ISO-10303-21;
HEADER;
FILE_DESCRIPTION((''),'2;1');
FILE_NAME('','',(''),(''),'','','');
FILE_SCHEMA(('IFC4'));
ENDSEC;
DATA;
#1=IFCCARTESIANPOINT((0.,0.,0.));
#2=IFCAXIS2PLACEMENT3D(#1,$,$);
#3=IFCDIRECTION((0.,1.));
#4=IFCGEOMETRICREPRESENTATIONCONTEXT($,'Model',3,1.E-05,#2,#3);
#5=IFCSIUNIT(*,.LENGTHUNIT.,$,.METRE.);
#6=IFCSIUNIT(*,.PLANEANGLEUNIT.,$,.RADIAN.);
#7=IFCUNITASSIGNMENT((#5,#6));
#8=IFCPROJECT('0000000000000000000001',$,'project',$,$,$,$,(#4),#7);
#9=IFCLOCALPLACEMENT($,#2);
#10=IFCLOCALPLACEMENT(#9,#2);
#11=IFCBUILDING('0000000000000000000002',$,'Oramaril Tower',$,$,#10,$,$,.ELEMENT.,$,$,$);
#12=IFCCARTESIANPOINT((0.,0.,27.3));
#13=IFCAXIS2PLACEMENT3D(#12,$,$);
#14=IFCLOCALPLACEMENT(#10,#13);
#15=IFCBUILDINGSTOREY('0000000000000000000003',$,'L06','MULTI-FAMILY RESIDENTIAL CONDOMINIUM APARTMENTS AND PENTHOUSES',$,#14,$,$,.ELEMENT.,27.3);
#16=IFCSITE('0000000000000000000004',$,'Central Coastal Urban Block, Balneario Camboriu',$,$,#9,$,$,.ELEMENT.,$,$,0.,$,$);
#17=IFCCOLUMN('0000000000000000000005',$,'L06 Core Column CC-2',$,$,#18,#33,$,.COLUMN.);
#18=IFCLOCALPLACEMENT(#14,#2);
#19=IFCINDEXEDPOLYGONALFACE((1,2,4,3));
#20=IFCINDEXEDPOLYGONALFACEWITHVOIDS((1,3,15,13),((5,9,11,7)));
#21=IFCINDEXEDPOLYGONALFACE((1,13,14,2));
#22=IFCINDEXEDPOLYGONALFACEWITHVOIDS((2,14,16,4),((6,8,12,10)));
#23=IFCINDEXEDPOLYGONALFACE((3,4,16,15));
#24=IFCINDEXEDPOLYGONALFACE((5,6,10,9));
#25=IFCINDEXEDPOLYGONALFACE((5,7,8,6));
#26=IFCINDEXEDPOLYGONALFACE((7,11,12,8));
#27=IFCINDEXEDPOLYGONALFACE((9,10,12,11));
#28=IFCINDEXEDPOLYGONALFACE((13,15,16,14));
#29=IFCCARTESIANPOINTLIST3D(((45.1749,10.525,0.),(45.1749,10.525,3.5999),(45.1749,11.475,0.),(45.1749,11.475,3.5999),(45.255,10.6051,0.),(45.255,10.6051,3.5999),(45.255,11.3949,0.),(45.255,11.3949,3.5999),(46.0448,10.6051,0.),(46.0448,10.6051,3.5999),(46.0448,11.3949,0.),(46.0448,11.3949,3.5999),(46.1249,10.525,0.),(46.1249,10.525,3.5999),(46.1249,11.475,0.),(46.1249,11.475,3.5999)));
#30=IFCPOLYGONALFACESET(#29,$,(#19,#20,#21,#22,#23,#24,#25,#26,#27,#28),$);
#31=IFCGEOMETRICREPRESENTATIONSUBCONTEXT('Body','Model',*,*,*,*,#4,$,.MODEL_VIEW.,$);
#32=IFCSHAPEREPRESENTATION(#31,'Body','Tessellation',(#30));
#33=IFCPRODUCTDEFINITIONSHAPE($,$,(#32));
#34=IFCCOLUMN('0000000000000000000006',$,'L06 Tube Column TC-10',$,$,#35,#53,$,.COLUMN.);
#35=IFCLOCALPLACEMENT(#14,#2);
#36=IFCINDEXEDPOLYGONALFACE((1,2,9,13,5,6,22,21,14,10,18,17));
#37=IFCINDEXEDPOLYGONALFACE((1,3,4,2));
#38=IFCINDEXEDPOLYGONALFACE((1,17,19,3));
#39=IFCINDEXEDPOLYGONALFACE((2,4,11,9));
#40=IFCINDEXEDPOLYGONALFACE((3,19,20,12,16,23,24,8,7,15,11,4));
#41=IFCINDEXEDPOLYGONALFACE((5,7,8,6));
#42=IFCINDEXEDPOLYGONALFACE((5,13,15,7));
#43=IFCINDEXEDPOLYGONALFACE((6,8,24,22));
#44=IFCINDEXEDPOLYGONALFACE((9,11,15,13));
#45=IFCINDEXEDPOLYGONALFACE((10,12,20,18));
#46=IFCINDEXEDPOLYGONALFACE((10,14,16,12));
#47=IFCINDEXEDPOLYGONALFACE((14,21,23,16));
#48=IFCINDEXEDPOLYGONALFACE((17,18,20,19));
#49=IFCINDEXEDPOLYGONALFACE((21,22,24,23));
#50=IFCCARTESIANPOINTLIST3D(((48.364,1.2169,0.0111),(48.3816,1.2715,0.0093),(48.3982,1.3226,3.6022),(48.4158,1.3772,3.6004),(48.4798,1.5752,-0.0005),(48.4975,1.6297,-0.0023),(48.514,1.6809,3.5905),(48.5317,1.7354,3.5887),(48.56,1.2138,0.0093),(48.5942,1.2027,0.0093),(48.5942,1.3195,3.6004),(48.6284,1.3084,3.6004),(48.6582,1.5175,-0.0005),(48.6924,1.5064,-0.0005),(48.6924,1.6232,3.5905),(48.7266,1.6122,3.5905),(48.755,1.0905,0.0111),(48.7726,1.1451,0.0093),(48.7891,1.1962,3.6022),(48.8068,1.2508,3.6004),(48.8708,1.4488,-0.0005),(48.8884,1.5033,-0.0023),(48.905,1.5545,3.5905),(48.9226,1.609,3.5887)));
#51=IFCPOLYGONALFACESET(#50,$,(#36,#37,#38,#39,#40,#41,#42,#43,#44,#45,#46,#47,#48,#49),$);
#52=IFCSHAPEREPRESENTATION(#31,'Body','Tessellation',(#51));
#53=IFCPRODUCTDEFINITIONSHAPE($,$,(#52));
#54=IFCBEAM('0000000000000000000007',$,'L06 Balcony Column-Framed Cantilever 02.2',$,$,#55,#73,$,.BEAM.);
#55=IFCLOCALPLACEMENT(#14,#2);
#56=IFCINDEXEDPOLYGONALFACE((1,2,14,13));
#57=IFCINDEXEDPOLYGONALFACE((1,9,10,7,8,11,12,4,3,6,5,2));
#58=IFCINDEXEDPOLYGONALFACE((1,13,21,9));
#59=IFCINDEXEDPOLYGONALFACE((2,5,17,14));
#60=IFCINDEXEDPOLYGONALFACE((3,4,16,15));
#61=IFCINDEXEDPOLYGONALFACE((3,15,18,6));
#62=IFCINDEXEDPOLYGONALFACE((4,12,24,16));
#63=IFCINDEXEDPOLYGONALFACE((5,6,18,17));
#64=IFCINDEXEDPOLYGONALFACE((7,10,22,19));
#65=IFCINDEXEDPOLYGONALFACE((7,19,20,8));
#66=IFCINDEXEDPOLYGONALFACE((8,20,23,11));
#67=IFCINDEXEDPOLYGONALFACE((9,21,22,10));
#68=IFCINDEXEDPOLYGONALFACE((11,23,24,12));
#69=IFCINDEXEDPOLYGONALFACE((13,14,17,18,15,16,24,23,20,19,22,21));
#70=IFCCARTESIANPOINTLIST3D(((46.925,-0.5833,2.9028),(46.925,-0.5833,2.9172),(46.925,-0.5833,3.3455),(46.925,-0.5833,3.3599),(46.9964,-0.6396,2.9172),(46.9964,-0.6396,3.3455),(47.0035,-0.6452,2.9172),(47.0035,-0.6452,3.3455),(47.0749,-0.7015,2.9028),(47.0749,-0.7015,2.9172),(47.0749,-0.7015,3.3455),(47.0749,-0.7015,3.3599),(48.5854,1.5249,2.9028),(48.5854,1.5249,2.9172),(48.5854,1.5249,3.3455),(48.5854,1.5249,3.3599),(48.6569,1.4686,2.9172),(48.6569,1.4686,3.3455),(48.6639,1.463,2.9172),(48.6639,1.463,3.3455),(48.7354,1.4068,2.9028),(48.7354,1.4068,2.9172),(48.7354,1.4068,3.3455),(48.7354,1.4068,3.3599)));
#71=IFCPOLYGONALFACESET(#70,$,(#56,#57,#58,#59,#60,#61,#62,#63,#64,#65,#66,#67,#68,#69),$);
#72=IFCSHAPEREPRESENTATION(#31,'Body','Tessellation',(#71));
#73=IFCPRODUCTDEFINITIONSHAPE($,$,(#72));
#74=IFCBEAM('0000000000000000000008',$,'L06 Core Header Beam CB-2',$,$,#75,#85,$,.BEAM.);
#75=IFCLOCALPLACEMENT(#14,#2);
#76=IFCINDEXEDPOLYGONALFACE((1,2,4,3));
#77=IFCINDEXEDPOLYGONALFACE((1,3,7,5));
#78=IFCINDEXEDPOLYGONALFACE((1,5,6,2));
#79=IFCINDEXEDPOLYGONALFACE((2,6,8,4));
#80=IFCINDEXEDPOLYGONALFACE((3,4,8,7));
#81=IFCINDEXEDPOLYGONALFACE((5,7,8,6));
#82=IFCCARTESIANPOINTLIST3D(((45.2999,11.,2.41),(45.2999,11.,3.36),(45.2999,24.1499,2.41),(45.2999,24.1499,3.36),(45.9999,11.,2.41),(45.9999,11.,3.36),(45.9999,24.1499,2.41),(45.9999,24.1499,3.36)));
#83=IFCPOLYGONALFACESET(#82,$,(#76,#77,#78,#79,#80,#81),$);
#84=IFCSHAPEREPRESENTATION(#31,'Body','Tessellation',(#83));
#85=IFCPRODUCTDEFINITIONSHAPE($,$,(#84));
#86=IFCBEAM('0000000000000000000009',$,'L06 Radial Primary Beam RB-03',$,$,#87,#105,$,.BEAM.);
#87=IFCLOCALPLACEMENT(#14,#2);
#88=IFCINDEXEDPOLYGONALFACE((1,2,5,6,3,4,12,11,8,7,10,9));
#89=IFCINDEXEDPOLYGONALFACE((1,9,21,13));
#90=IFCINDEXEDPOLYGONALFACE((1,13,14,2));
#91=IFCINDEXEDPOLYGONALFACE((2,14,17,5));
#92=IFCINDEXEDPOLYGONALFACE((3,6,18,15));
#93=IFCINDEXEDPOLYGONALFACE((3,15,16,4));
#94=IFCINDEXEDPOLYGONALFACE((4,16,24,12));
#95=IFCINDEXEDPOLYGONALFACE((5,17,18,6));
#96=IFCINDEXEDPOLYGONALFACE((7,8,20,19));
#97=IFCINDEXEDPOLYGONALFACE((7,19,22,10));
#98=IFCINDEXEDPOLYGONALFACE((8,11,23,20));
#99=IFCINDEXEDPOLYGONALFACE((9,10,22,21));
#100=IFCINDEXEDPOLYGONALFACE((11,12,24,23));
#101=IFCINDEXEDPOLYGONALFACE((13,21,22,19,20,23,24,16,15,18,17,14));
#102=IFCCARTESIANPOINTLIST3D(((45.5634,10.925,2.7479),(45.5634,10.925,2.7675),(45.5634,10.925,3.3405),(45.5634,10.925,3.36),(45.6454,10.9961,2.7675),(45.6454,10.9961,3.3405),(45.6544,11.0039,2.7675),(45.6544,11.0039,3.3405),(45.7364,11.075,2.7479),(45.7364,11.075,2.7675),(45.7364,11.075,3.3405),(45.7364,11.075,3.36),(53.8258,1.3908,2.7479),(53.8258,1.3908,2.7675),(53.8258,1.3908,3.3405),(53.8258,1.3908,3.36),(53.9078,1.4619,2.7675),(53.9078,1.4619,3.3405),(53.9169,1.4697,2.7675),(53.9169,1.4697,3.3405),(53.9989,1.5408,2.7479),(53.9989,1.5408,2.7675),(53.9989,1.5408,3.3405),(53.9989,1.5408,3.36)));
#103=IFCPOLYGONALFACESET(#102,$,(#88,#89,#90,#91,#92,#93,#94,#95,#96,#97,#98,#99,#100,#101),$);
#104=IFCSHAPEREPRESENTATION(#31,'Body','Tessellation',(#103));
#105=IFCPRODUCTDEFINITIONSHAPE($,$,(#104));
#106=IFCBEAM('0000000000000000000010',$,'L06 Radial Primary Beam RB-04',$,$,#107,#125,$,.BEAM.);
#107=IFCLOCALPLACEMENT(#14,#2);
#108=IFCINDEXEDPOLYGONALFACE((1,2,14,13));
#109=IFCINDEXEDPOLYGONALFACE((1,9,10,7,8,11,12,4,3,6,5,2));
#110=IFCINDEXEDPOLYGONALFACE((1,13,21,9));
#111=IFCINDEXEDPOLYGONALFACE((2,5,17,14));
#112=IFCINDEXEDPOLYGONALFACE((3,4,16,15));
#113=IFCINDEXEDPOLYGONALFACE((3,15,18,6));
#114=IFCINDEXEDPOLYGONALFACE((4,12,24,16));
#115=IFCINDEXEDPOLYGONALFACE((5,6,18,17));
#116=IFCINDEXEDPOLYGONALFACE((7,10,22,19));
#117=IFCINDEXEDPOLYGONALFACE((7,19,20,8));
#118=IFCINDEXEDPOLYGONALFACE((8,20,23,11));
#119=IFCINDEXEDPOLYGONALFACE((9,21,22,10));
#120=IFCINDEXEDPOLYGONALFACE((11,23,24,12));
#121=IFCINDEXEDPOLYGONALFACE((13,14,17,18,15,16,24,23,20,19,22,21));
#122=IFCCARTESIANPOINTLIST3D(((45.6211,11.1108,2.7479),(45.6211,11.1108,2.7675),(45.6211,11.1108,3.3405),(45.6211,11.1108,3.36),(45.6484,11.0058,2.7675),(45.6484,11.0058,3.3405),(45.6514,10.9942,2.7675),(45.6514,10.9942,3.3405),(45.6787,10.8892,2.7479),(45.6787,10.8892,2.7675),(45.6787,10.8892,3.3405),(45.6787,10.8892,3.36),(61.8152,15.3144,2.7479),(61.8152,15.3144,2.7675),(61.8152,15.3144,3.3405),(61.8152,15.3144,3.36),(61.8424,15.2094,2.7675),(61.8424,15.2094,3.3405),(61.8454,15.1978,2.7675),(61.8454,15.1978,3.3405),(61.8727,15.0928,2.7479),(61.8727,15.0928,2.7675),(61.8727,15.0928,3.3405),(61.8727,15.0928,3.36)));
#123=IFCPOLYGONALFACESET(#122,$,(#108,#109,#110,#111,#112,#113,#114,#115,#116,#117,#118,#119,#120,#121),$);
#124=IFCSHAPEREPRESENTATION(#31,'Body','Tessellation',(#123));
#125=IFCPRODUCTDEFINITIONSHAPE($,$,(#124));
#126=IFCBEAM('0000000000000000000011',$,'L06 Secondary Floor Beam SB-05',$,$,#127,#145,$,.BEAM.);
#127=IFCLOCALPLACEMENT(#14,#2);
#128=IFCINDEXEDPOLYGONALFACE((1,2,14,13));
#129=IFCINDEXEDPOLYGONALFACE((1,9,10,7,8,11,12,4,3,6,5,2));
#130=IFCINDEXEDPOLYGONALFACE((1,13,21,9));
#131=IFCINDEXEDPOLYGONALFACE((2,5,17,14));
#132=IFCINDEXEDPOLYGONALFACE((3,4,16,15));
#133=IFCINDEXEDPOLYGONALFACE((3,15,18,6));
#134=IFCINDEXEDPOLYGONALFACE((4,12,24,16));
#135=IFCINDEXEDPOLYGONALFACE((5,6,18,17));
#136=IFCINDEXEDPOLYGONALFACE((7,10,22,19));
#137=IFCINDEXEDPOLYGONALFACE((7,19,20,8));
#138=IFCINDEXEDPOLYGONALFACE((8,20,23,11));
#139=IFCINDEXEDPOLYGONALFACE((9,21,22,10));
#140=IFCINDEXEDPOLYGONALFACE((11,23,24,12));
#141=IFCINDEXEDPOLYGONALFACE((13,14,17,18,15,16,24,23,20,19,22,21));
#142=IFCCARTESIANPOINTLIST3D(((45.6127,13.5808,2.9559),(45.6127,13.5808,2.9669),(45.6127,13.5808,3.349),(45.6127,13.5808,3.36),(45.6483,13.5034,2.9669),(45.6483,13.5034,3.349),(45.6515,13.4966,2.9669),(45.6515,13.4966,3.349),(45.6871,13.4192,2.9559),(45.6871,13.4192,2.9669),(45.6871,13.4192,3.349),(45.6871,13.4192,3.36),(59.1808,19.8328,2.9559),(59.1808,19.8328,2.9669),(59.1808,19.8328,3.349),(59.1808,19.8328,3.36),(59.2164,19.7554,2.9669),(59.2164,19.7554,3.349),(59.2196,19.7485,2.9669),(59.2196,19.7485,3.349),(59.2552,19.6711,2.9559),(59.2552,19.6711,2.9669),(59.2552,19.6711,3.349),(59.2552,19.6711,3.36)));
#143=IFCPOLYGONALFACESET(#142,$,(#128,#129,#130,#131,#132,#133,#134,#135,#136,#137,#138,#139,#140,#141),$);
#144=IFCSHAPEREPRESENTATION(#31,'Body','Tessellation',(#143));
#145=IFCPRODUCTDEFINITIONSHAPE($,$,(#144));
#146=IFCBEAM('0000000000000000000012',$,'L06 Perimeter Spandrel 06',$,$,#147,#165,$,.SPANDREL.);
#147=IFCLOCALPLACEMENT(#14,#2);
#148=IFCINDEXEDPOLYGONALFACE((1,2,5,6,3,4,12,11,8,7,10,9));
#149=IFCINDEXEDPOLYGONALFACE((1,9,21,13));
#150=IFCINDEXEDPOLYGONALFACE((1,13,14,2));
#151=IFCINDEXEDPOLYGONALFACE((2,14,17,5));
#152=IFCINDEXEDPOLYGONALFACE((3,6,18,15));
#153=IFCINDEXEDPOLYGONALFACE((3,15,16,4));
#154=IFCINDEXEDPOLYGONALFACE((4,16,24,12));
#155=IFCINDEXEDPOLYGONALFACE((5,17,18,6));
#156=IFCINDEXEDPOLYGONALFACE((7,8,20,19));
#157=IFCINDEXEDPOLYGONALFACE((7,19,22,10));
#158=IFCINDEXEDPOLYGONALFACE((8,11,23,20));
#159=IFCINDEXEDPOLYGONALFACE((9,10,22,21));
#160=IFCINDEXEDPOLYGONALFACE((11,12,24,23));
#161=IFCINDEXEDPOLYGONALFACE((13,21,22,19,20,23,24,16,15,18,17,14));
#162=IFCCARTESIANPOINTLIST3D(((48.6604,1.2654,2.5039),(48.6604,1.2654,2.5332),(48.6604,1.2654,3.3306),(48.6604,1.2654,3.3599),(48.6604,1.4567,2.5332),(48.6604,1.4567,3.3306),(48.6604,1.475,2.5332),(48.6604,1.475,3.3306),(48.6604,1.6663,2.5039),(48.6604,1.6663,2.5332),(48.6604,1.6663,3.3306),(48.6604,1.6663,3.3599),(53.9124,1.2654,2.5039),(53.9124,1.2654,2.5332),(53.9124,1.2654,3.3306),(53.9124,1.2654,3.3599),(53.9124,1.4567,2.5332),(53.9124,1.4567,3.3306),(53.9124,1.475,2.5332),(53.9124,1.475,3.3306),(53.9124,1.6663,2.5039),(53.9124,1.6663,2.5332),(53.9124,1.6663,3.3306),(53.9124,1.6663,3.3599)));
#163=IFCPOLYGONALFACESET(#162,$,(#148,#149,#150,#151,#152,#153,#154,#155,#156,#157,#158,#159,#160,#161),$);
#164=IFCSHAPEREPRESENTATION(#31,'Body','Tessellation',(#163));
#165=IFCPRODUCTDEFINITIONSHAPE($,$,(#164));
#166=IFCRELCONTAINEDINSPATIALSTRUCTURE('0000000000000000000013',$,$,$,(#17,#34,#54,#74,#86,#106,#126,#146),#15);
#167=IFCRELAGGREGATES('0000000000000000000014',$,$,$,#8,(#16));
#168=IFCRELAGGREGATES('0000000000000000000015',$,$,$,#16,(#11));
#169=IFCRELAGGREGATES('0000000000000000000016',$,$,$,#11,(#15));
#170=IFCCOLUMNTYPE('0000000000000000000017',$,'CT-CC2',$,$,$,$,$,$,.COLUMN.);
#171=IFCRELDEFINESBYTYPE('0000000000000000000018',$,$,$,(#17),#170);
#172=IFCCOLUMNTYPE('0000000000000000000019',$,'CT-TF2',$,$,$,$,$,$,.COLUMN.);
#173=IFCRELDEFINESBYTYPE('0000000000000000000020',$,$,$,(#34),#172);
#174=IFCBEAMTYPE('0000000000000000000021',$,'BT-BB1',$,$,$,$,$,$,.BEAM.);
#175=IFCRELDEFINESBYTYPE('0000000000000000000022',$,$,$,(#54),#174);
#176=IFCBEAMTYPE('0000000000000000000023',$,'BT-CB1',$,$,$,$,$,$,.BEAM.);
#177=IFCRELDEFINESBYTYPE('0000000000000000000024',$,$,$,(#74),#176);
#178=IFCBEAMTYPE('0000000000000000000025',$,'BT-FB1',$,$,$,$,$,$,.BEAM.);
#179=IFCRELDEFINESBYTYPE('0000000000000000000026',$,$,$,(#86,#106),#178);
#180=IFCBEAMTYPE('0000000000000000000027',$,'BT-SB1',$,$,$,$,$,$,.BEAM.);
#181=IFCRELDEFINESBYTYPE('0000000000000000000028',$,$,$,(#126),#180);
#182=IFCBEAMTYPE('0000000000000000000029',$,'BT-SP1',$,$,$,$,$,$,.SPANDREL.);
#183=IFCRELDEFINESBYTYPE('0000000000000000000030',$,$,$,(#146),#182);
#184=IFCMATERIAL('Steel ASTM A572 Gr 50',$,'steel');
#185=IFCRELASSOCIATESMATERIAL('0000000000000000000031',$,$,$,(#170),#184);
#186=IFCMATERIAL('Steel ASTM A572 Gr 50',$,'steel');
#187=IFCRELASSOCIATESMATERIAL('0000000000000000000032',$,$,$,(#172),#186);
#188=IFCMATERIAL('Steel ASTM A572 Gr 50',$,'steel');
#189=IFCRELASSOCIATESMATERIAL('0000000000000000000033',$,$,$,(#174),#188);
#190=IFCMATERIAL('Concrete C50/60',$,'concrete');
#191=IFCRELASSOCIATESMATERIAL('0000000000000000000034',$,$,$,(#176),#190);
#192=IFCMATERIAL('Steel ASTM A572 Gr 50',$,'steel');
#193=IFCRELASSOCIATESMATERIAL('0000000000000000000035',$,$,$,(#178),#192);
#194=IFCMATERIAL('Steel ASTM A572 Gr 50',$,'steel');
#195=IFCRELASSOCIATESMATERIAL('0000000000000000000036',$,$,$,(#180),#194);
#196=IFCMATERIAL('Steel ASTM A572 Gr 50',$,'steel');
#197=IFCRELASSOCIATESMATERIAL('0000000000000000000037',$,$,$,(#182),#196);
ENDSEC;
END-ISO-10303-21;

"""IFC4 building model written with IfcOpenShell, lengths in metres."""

from ifc_helpers import new_model, si_unit, direction, frame, origin, origin_2d, place, context, subcontext, project, spatial, rectangle, hollow_rectangle, i_section, extrude, material, material_profile, profile_set, type_object, element, save


model = new_model("IFC4")

# Units and contexts
model_context = context("Model", 3, precision=1e-05, world=origin(), true_north=direction((0.0, 1.0)))
body_context = subcontext(model_context, "Body", "Model", "MODEL_VIEW")
ifc_project = project(units=[si_unit("LENGTHUNIT", "METRE"), si_unit("PLANEANGLEUNIT", "RADIAN")], contexts=[model_context])

# Site, building, storey
site_placement = place(None, origin())
site = spatial("IfcSite", under=ifc_project, at=site_placement, Name="Central Coastal Urban Block, Balneario Camboriu", CompositionType="ELEMENT", RefElevation=0.0)
building_placement = place(site_placement, origin())
building = spatial("IfcBuilding", under=site, at=building_placement, Name="Oramaril Tower", CompositionType="ELEMENT")
storey_placement = place(building_placement, frame((0.0, 0.0, 27.3)))
storey = spatial("IfcBuildingStorey", under=building, at=storey_placement, Name="L06", Description="MULTI-FAMILY RESIDENTIAL CONDOMINIUM APARTMENTS AND PENTHOUSES", CompositionType="ELEMENT", Elevation=27.3)

# Columns
ifc_material_1 = material(Name="Steel ASTM A572 Gr 50", Category="steel")
ifc_material_profile_1 = material_profile(ifc_material_1, hollow_rectangle(XDim=0.95, YDim=0.95, WallThickness=0.0801, at=origin_2d()), Name="BOX950X950X80")
ifc_profile_set_1 = profile_set([ifc_material_profile_1], Name="Steel ASTM A572 Gr 50")
column_type_1 = type_object("IfcColumnType", Name="CT-CC2", PredefinedType="COLUMN", material=ifc_profile_set_1)
column_1_placement = place(storey_placement, frame((45.6499, 11.0, 0.0), z_axis=(0.0, 0.0, 1.0), x_axis=(1.0, 0.0, 0.0)))
element("IfcColumn", 1, at=column_1_placement, inside=storey, type_object=column_type_1, Name="L06 Core Column CC-2", PredefinedType="COLUMN", context=body_context, shape_type="SweptSolid", body=[
    extrude(hollow_rectangle(XDim=0.95, YDim=0.95, WallThickness=0.0801, at=origin_2d()), origin(), (0.0, 0.0, 1.0), 3.5999),
])
ifc_material_2 = material(Name="Steel ASTM A572 Gr 50", Category="steel")
ifc_material_profile_2 = material_profile(ifc_material_2, i_section(OverallWidth=0.4109, OverallDepth=0.4341, WebThickness=0.0359, FlangeThickness=0.0574, at=origin_2d()), Name="W14X311")
ifc_profile_set_2 = profile_set([ifc_material_profile_2], Name="Steel ASTM A572 Gr 50")
column_type_2 = type_object("IfcColumnType", Name="CT-TF2", PredefinedType="COLUMN", material=ifc_profile_set_2)
column_2_placement = place(storey_placement, frame((48.6262, 1.3601, 0.0044), z_axis=(0.009513, 0.029424, 0.999522), x_axis=(-0.951501, 0.307645, 0.0)))
element("IfcColumn", 2, at=column_2_placement, inside=storey, type_object=column_type_2, Name="L06 Tube Column TC-10", PredefinedType="COLUMN", context=body_context, shape_type="SweptSolid", body=[
    extrude(i_section(OverallWidth=0.4109, OverallDepth=0.4341, WebThickness=0.0359, FlangeThickness=0.0574, at=origin_2d()), origin(), (0.0, 0.0, 1.0), 3.5928),
])

# Beams
ifc_material_3 = material(Name="Steel ASTM A572 Gr 50", Category="steel")
ifc_material_profile_3 = material_profile(ifc_material_3, i_section(OverallWidth=0.1909, OverallDepth=0.457, WebThickness=0.009, FlangeThickness=0.0144, at=origin_2d()), Name="W18X50")
ifc_profile_set_3 = profile_set([ifc_material_profile_3], Name="Steel ASTM A572 Gr 50")
beam_type_1 = type_object("IfcBeamType", Name="BT-BB1", PredefinedType="BEAM", material=ifc_profile_set_3)
beam_1_placement = place(storey_placement, frame((48.6604, 1.4658, 3.1313), z_axis=(-0.618741, -0.785595, 0.0), x_axis=(0.785595, -0.618741, 0.0)))
element("IfcBeam", 3, at=beam_1_placement, inside=storey, type_object=beam_type_1, Name="L06 Balcony Column-Framed Cantilever 02.2", PredefinedType="BEAM", context=body_context, shape_type="SweptSolid", body=[
    extrude(i_section(OverallWidth=0.1909, OverallDepth=0.457, WebThickness=0.009, FlangeThickness=0.0144, at=origin_2d()), origin(), (0.0, 0.0, 1.0), 2.6836),
])
ifc_material_4 = material(Name="Concrete C50/60", Category="concrete")
ifc_material_profile_4 = material_profile(ifc_material_4, rectangle(XDim=0.7, YDim=0.95, at=origin_2d()), Name="CB700X950")
ifc_profile_set_4 = profile_set([ifc_material_profile_4], Name="Concrete C50/60")
beam_type_2 = type_object("IfcBeamType", Name="BT-CB1", PredefinedType="BEAM", material=ifc_profile_set_4)
beam_2_placement = place(storey_placement, frame((45.6499, 11.0, 2.885), z_axis=(0.0, 1.0, 0.0), x_axis=(-1.0, 0.0, 0.0)))
element("IfcBeam", 4, at=beam_2_placement, inside=storey, type_object=beam_type_2, Name="L06 Core Header Beam CB-2", PredefinedType="BEAM", context=body_context, shape_type="SweptSolid", body=[
    extrude(rectangle(XDim=0.7, YDim=0.95, at=origin_2d()), origin(), (0.0, 0.0, 1.0), 13.1499),
])
ifc_material_5 = material(Name="Steel ASTM A572 Gr 50", Category="steel")
ifc_material_profile_5 = material_profile(ifc_material_5, i_section(OverallWidth=0.229, OverallDepth=0.6121, WebThickness=0.012, FlangeThickness=0.0195, at=origin_2d()), Name="W24X84")
ifc_profile_set_5 = profile_set([ifc_material_profile_5], Name="Steel ASTM A572 Gr 50")
beam_type_3 = type_object("IfcBeamType", Name="BT-FB1", PredefinedType="BEAM", material=ifc_profile_set_5)
beam_3_placement = place(storey_placement, frame((45.6499, 11.0, 3.054), z_axis=(0.654908, -0.755709, 0.0), x_axis=(0.755709, 0.654908, 0.0)))
element("IfcBeam", 5, at=beam_3_placement, inside=storey, type_object=beam_type_3, Name="L06 Radial Primary Beam RB-03", PredefinedType="BEAM", context=body_context, shape_type="SweptSolid", body=[
    extrude(i_section(OverallWidth=0.229, OverallDepth=0.6121, WebThickness=0.012, FlangeThickness=0.0195, at=origin_2d()), origin(), (0.0, 0.0, 1.0), 12.6162),
])
beam_4_placement = place(storey_placement, frame((45.6499, 11.0, 3.054), z_axis=(0.967922, 0.25125, 0.0), x_axis=(-0.25125, 0.967922, 0.0)))
element("IfcBeam", 6, at=beam_4_placement, inside=storey, type_object=beam_type_3, Name="L06 Radial Primary Beam RB-04", PredefinedType="BEAM", context=body_context, shape_type="SweptSolid", body=[
    extrude(i_section(OverallWidth=0.229, OverallDepth=0.6121, WebThickness=0.012, FlangeThickness=0.0195, at=origin_2d()), origin(), (0.0, 0.0, 1.0), 16.7307),
])
ifc_material_6 = material(Name="Steel ASTM A572 Gr 50", Category="steel")
ifc_material_profile_6 = material_profile(ifc_material_6, i_section(OverallWidth=0.178, OverallDepth=0.4041, WebThickness=0.0076, FlangeThickness=0.011, at=origin_2d()), Name="W16X36")
ifc_profile_set_6 = profile_set([ifc_material_profile_6], Name="Steel ASTM A572 Gr 50")
beam_type_4 = type_object("IfcBeamType", Name="BT-SB1", PredefinedType="BEAM", material=ifc_profile_set_6)
beam_5_placement = place(storey_placement, frame((45.6499, 13.5, 3.158), z_axis=(0.90822, 0.418492, 0.0), x_axis=(-0.418492, 0.90822, 0.0)))
element("IfcBeam", 7, at=beam_5_placement, inside=storey, type_object=beam_type_4, Name="L06 Secondary Floor Beam SB-05", PredefinedType="BEAM", context=body_context, shape_type="SweptSolid", body=[
    extrude(i_section(OverallWidth=0.178, OverallDepth=0.4041, WebThickness=0.0076, FlangeThickness=0.011, at=origin_2d()), origin(), (0.0, 0.0, 1.0), 14.9392),
])
ifc_material_7 = material(Name="Steel ASTM A572 Gr 50", Category="steel")
ifc_material_profile_7 = material_profile(ifc_material_7, i_section(OverallWidth=0.4009, OverallDepth=0.856, WebThickness=0.0183, FlangeThickness=0.0293, at=origin_2d()), Name="W33X201")
ifc_profile_set_7 = profile_set([ifc_material_profile_7], Name="Steel ASTM A572 Gr 50")
beam_type_5 = type_object("IfcBeamType", Name="BT-SP1", PredefinedType="SPANDREL", material=ifc_profile_set_7)
beam_6_placement = place(storey_placement, frame((48.6604, 1.4658, 2.9319), z_axis=(1.0, 0.0, 0.0), x_axis=(0.0, 1.0, 0.0)))
element("IfcBeam", 8, at=beam_6_placement, inside=storey, type_object=beam_type_5, Name="L06 Perimeter Spandrel 06", PredefinedType="SPANDREL", context=body_context, shape_type="SweptSolid", body=[
    extrude(i_section(OverallWidth=0.4009, OverallDepth=0.856, WebThickness=0.0183, FlangeThickness=0.0293, at=origin_2d()), origin(), (0.0, 0.0, 1.0), 5.252),
])

save(model, "model.ifc")
